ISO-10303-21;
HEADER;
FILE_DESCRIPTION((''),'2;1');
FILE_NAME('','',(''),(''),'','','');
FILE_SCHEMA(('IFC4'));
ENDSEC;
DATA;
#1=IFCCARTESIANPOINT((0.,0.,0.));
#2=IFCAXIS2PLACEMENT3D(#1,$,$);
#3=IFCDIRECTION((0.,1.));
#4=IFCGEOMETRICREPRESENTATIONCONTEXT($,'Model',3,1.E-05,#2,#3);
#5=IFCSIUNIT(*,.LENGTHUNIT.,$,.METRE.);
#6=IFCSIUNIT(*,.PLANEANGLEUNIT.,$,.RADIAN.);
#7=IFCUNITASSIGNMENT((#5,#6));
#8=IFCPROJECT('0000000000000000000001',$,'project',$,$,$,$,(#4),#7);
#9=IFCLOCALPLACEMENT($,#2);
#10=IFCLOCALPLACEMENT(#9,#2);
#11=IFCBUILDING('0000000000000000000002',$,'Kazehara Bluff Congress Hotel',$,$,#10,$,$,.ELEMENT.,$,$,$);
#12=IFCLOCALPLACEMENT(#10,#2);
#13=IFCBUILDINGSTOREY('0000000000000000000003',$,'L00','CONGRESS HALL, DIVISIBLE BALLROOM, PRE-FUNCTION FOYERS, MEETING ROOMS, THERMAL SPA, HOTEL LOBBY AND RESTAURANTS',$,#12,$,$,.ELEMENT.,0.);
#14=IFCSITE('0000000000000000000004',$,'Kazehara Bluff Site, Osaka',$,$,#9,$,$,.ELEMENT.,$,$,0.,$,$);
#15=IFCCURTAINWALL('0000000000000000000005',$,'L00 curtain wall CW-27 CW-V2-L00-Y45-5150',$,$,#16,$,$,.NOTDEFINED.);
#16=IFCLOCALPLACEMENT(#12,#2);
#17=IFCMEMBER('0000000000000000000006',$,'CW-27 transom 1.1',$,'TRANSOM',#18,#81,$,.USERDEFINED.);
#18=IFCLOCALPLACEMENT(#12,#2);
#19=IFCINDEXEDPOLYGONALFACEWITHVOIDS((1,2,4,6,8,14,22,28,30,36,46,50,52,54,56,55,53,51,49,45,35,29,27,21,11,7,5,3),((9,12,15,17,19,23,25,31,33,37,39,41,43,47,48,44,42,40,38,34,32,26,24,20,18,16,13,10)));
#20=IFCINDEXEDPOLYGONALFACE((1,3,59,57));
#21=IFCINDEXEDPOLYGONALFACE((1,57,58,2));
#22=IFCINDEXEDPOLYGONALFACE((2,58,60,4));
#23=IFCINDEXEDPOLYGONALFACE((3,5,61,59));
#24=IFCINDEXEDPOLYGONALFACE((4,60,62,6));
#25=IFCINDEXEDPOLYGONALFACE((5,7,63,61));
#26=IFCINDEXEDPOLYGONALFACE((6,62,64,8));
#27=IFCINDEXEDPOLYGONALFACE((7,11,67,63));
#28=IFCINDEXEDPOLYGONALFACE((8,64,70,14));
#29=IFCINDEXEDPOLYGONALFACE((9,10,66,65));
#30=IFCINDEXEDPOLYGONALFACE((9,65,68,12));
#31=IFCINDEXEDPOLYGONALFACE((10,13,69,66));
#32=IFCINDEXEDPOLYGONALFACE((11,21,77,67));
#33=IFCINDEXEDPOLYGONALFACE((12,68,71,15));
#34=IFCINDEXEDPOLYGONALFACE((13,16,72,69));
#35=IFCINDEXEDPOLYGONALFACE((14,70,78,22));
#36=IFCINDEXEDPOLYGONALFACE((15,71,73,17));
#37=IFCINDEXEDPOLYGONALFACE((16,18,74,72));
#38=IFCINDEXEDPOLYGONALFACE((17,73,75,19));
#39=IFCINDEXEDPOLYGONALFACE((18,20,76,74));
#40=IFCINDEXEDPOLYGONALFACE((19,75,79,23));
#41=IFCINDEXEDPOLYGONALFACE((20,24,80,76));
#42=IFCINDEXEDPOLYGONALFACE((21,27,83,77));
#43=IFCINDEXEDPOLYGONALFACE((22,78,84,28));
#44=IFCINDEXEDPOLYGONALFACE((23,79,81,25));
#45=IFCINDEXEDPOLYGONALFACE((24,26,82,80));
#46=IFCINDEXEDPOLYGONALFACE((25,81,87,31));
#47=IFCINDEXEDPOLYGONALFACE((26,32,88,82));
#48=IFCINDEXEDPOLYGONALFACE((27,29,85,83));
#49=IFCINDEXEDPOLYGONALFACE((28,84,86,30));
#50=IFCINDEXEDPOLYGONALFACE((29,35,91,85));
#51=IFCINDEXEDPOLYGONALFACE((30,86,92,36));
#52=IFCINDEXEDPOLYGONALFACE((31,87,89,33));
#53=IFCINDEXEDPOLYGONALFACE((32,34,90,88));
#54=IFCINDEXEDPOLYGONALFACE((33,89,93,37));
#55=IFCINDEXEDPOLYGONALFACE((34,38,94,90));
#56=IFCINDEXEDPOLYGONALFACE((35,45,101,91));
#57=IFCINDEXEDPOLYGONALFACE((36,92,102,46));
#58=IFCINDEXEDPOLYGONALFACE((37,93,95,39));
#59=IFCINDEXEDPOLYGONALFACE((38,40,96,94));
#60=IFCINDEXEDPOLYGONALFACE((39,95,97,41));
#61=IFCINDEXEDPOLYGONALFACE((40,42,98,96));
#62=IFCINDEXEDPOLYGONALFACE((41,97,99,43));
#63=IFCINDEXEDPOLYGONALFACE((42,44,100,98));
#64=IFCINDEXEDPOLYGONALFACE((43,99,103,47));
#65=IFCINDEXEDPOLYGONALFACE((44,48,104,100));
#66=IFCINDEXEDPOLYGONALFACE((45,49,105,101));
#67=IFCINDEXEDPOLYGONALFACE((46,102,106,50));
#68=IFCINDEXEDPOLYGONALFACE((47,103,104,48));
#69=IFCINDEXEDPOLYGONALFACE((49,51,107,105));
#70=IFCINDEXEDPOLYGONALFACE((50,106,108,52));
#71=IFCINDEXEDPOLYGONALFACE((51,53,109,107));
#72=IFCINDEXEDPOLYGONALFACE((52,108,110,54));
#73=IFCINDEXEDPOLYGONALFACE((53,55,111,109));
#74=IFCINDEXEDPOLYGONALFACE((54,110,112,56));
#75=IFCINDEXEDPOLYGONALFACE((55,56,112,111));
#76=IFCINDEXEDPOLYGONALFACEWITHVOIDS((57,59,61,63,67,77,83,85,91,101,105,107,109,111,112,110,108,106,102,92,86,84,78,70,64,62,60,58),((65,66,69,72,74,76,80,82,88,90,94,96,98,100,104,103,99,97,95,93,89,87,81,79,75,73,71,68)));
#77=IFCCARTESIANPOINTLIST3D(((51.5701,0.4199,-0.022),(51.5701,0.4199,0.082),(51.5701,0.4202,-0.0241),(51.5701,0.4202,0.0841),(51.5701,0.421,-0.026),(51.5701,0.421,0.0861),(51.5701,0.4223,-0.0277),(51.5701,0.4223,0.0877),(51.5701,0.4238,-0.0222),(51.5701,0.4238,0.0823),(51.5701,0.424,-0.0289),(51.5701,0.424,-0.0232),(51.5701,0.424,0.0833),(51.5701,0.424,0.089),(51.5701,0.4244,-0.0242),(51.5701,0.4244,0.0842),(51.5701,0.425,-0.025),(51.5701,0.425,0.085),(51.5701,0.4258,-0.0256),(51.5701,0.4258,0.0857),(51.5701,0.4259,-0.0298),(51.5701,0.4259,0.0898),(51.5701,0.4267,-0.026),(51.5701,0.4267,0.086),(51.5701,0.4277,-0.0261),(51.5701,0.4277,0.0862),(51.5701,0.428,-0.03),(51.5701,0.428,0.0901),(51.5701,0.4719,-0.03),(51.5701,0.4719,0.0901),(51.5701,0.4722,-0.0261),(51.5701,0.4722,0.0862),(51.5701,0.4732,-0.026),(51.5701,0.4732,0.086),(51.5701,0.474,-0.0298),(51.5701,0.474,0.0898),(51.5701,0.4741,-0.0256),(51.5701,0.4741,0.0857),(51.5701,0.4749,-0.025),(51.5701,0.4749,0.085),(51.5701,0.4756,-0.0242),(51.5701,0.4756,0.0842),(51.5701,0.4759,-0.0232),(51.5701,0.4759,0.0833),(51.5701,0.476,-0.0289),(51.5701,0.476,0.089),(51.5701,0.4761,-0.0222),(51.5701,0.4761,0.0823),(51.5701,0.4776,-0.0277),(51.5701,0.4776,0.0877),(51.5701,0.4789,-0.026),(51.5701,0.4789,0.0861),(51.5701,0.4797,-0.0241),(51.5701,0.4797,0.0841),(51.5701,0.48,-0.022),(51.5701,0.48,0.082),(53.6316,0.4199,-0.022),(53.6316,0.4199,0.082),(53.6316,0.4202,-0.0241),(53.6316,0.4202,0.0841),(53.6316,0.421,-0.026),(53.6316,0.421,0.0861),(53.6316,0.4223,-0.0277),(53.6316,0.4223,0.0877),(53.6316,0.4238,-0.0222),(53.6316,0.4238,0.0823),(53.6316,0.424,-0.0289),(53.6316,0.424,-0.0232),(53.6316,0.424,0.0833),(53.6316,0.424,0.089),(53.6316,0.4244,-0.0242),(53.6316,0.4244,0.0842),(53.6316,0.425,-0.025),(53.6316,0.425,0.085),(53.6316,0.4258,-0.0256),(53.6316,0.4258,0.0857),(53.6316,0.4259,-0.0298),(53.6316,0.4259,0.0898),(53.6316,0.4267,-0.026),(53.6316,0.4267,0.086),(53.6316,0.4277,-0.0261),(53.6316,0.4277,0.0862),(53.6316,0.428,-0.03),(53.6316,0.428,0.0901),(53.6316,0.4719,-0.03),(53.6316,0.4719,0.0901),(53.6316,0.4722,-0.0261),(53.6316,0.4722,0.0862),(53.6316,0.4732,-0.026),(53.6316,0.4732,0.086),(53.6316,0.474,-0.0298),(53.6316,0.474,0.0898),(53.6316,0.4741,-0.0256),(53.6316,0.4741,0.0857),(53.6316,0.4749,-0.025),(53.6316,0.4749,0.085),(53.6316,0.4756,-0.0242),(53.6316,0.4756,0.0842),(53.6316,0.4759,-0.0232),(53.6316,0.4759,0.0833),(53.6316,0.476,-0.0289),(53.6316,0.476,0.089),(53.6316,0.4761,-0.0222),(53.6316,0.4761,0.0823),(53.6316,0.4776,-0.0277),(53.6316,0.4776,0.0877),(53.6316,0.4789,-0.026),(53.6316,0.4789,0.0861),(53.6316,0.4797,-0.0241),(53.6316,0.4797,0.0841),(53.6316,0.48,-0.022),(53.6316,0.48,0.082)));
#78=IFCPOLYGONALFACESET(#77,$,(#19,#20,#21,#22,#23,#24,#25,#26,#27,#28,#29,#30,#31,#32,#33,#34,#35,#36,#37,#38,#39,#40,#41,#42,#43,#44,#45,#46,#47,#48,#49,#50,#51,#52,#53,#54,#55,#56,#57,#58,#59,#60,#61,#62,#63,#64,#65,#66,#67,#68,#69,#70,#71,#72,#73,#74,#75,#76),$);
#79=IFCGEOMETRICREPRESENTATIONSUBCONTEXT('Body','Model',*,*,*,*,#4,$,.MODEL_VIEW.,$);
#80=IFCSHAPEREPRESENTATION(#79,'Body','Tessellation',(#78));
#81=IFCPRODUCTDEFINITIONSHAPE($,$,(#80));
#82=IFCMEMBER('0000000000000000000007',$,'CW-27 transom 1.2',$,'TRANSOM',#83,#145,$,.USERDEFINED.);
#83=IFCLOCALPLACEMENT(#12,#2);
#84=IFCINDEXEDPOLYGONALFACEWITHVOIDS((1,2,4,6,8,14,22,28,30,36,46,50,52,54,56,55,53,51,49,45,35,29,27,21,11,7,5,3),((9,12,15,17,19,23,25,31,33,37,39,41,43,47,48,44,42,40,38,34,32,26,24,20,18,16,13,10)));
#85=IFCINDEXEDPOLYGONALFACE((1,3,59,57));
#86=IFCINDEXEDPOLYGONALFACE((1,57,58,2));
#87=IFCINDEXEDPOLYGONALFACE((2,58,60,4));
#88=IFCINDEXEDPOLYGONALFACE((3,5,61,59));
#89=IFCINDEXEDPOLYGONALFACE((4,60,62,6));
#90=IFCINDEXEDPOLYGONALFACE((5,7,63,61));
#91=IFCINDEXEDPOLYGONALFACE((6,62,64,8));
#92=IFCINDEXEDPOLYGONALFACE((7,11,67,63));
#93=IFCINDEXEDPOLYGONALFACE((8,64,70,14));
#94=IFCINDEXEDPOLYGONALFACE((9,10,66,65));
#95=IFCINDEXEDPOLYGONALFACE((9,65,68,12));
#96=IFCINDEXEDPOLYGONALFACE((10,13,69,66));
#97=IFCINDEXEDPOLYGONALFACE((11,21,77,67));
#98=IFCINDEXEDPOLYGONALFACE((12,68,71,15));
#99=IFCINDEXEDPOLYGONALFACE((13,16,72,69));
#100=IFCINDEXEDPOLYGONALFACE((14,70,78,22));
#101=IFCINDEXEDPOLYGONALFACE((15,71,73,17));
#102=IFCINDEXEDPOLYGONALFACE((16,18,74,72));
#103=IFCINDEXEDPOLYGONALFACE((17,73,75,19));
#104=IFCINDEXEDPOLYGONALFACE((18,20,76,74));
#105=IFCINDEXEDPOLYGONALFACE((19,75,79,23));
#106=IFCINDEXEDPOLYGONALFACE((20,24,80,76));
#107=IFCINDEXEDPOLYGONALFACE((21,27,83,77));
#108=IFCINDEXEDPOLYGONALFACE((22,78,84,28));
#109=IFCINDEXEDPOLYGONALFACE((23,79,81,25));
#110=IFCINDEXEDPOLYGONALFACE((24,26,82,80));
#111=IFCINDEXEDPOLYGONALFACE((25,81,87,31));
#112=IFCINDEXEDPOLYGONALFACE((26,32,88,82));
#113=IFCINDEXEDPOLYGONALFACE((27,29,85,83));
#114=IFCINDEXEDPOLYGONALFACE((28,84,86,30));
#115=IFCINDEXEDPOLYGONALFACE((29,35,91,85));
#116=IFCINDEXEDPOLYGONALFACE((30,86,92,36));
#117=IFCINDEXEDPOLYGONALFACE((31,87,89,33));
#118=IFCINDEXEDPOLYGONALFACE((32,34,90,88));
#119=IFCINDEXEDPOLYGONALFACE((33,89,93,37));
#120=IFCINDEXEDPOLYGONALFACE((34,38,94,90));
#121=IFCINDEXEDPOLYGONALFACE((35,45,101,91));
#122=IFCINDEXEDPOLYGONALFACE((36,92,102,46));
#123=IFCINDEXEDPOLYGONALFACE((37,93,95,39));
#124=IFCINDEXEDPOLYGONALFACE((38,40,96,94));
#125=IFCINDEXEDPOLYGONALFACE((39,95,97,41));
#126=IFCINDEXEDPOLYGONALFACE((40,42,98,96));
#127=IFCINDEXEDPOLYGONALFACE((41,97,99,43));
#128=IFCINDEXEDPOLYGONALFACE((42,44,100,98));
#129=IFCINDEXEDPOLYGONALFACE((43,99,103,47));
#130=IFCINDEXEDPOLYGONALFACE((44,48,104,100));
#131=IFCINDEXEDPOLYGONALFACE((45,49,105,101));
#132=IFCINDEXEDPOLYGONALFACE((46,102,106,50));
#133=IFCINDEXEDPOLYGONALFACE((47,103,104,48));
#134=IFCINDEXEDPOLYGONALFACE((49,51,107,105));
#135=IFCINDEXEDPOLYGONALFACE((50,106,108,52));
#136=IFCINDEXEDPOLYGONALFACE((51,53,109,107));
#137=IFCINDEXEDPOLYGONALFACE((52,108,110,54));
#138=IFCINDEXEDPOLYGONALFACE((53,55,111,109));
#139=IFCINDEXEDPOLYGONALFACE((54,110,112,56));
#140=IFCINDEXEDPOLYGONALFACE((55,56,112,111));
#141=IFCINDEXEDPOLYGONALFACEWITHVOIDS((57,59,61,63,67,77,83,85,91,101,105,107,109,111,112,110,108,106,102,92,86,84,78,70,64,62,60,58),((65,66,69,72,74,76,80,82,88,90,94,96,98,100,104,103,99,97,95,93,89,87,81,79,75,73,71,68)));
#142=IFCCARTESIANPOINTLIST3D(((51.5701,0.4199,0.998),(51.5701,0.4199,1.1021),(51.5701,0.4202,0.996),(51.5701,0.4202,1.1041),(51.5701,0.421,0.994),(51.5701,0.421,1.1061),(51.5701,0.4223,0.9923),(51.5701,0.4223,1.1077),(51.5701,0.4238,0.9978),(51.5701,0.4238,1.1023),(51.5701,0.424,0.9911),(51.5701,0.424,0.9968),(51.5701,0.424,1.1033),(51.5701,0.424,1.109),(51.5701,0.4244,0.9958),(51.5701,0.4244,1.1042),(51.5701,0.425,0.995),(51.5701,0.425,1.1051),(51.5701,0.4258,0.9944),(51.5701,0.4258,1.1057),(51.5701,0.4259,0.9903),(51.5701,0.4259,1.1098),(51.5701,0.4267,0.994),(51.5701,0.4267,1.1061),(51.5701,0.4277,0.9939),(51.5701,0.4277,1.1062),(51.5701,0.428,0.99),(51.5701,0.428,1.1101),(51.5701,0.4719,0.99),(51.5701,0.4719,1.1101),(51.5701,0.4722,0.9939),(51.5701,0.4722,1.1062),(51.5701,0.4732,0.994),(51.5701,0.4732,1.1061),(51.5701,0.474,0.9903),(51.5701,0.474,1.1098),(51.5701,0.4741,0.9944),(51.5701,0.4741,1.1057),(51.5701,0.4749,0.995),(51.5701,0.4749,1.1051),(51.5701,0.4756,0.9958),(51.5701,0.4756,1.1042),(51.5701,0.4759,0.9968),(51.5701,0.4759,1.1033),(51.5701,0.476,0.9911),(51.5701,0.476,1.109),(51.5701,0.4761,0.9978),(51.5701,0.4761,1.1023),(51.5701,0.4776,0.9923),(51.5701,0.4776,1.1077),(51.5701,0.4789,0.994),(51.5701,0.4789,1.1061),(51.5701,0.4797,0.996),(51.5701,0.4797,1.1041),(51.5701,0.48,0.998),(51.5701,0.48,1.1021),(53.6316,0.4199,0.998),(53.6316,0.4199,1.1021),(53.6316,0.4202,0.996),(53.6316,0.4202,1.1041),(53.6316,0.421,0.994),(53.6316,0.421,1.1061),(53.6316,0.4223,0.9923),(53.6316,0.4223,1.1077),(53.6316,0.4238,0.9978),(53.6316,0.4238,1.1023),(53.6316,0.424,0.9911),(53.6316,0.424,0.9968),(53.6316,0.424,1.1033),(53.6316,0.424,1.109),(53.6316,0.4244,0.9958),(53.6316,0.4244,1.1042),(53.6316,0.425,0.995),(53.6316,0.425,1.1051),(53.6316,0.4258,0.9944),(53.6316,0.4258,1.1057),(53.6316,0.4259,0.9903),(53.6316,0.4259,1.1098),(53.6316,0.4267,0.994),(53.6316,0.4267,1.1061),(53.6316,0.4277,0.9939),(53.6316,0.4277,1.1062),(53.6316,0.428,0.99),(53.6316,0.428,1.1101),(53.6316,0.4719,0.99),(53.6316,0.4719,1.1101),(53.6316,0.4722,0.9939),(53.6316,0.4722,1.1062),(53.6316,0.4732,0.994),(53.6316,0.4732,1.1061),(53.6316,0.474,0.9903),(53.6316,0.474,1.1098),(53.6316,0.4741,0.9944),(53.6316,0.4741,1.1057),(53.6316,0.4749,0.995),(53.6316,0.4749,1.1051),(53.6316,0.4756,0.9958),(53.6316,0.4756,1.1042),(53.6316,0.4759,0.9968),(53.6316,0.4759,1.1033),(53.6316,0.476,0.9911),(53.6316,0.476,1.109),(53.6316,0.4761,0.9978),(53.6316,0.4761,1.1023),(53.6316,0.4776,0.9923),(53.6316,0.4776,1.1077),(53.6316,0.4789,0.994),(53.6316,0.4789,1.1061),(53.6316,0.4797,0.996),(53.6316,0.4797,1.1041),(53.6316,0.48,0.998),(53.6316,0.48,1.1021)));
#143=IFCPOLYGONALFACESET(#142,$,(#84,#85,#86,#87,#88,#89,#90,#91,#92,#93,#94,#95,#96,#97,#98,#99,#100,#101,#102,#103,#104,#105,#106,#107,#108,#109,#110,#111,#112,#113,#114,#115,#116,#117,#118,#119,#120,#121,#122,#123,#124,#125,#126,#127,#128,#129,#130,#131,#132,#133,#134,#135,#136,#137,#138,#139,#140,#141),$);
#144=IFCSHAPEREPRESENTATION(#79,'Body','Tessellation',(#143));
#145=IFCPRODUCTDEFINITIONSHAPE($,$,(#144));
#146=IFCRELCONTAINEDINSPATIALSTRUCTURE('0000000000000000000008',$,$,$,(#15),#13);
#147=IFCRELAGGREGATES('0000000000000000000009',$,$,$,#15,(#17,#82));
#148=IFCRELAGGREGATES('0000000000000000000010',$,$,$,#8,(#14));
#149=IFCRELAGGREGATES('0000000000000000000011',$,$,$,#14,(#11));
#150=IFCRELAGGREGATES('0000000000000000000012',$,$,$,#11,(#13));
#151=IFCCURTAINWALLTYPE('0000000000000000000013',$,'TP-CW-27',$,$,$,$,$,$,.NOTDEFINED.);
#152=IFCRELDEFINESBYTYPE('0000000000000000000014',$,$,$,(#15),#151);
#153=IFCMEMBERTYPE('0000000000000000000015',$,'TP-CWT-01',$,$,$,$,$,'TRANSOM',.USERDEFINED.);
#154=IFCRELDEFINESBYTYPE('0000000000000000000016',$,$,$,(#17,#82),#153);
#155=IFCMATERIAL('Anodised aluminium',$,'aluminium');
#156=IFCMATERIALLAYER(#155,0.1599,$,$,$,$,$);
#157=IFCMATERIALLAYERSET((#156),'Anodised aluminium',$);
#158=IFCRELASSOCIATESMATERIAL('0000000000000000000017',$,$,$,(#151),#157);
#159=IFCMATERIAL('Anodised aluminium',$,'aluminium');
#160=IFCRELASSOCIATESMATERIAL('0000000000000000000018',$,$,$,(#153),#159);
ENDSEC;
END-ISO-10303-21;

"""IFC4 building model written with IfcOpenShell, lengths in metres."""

from ifc_helpers import new_model, si_unit, direction, frame, origin, origin_2d, place, context, subcontext, project, spatial, hollow_rectangle, extrude, material, layer, layer_set, material_profile, profile_set, type_object, element, aggregate, save


model = new_model("IFC4")

# Units and contexts
model_context = context("Model", 3, precision=1e-05, world=origin(), true_north=direction((0.0, 1.0)))
body_context = subcontext(model_context, "Body", "Model", "MODEL_VIEW")
ifc_project = project(units=[si_unit("LENGTHUNIT", "METRE"), si_unit("PLANEANGLEUNIT", "RADIAN")], contexts=[model_context])

# Site, building, storey
site_placement = place(None, origin())
site = spatial("IfcSite", under=ifc_project, at=site_placement, Name="Kazehara Bluff Site, Osaka", CompositionType="ELEMENT", RefElevation=0.0)
building_placement = place(site_placement, origin())
building = spatial("IfcBuilding", under=site, at=building_placement, Name="Kazehara Bluff Congress Hotel", CompositionType="ELEMENT")
storey_placement = place(building_placement, origin())
storey = spatial("IfcBuildingStorey", under=building, at=storey_placement, Name="L00", Description="CONGRESS HALL, DIVISIBLE BALLROOM, PRE-FUNCTION FOYERS, MEETING ROOMS, THERMAL SPA, HOTEL LOBBY AND RESTAURANTS", CompositionType="ELEMENT", Elevation=0.0)

# Curtain wall
ifc_material_1 = material(Name="Anodised aluminium", Category="aluminium")
ifc_layer_1 = layer(ifc_material_1, 0.1599)
ifc_layer_set_1 = layer_set([ifc_layer_1], Name="Anodised aluminium")
curtain_wall_type_1 = type_object("IfcCurtainWallType", Name="TP-CW-27", PredefinedType="NOTDEFINED", material=ifc_layer_set_1)
curtain_wall_1_placement = place(storey_placement, origin())
curtain_wall_1 = element("IfcCurtainWall", 1, at=curtain_wall_1_placement, inside=storey, type_object=curtain_wall_type_1, Name="L00 curtain wall CW-27 CW-V2-L00-Y45-5150", PredefinedType="NOTDEFINED")

# Members
ifc_material_2 = material(Name="Anodised aluminium", Category="aluminium")
ifc_material_profile_1 = material_profile(ifc_material_2, hollow_rectangle(XDim=0.0601, YDim=0.1201, WallThickness=0.0039, InnerFilletRadius=0.0039, OuterFilletRadius=0.0081, at=origin_2d()))
ifc_profile_set_1 = profile_set([ifc_material_profile_1], Name="Anodised aluminium")
member_type_1 = type_object("IfcMemberType", Name="TP-CWT-01", ElementType="TRANSOM", PredefinedType="USERDEFINED", material=ifc_profile_set_1)
member_1_placement = place(storey_placement, frame((51.5701, 0.45, 0.03), z_axis=(1.0, 0.0, 0.0), x_axis=(0.0, 1.0, 0.0)))
member_1 = element("IfcMember", 2, at=member_1_placement, type_object=member_type_1, Name="CW-27 transom 1.1", ObjectType="TRANSOM", PredefinedType="USERDEFINED", context=body_context, shape_type="SweptSolid", body=[
    extrude(hollow_rectangle(XDim=0.0601, YDim=0.1201, WallThickness=0.0039, InnerFilletRadius=0.0039, OuterFilletRadius=0.0081, at=origin_2d()), origin(), (0.0, 0.0, 1.0), 2.0615),
])
member_2_placement = place(storey_placement, frame((51.5701, 0.45, 1.05), z_axis=(1.0, 0.0, 0.0), x_axis=(0.0, 1.0, 0.0)))
member_2 = element("IfcMember", 3, at=member_2_placement, type_object=member_type_1, Name="CW-27 transom 1.2", ObjectType="TRANSOM", PredefinedType="USERDEFINED", context=body_context, shape_type="SweptSolid", body=[
    extrude(hollow_rectangle(XDim=0.0601, YDim=0.1201, WallThickness=0.0039, InnerFilletRadius=0.0039, OuterFilletRadius=0.0081, at=origin_2d()), origin(), (0.0, 0.0, 1.0), 2.0615),
])

aggregate(curtain_wall_1, [member_1, member_2])

save(model, "model.ifc")
